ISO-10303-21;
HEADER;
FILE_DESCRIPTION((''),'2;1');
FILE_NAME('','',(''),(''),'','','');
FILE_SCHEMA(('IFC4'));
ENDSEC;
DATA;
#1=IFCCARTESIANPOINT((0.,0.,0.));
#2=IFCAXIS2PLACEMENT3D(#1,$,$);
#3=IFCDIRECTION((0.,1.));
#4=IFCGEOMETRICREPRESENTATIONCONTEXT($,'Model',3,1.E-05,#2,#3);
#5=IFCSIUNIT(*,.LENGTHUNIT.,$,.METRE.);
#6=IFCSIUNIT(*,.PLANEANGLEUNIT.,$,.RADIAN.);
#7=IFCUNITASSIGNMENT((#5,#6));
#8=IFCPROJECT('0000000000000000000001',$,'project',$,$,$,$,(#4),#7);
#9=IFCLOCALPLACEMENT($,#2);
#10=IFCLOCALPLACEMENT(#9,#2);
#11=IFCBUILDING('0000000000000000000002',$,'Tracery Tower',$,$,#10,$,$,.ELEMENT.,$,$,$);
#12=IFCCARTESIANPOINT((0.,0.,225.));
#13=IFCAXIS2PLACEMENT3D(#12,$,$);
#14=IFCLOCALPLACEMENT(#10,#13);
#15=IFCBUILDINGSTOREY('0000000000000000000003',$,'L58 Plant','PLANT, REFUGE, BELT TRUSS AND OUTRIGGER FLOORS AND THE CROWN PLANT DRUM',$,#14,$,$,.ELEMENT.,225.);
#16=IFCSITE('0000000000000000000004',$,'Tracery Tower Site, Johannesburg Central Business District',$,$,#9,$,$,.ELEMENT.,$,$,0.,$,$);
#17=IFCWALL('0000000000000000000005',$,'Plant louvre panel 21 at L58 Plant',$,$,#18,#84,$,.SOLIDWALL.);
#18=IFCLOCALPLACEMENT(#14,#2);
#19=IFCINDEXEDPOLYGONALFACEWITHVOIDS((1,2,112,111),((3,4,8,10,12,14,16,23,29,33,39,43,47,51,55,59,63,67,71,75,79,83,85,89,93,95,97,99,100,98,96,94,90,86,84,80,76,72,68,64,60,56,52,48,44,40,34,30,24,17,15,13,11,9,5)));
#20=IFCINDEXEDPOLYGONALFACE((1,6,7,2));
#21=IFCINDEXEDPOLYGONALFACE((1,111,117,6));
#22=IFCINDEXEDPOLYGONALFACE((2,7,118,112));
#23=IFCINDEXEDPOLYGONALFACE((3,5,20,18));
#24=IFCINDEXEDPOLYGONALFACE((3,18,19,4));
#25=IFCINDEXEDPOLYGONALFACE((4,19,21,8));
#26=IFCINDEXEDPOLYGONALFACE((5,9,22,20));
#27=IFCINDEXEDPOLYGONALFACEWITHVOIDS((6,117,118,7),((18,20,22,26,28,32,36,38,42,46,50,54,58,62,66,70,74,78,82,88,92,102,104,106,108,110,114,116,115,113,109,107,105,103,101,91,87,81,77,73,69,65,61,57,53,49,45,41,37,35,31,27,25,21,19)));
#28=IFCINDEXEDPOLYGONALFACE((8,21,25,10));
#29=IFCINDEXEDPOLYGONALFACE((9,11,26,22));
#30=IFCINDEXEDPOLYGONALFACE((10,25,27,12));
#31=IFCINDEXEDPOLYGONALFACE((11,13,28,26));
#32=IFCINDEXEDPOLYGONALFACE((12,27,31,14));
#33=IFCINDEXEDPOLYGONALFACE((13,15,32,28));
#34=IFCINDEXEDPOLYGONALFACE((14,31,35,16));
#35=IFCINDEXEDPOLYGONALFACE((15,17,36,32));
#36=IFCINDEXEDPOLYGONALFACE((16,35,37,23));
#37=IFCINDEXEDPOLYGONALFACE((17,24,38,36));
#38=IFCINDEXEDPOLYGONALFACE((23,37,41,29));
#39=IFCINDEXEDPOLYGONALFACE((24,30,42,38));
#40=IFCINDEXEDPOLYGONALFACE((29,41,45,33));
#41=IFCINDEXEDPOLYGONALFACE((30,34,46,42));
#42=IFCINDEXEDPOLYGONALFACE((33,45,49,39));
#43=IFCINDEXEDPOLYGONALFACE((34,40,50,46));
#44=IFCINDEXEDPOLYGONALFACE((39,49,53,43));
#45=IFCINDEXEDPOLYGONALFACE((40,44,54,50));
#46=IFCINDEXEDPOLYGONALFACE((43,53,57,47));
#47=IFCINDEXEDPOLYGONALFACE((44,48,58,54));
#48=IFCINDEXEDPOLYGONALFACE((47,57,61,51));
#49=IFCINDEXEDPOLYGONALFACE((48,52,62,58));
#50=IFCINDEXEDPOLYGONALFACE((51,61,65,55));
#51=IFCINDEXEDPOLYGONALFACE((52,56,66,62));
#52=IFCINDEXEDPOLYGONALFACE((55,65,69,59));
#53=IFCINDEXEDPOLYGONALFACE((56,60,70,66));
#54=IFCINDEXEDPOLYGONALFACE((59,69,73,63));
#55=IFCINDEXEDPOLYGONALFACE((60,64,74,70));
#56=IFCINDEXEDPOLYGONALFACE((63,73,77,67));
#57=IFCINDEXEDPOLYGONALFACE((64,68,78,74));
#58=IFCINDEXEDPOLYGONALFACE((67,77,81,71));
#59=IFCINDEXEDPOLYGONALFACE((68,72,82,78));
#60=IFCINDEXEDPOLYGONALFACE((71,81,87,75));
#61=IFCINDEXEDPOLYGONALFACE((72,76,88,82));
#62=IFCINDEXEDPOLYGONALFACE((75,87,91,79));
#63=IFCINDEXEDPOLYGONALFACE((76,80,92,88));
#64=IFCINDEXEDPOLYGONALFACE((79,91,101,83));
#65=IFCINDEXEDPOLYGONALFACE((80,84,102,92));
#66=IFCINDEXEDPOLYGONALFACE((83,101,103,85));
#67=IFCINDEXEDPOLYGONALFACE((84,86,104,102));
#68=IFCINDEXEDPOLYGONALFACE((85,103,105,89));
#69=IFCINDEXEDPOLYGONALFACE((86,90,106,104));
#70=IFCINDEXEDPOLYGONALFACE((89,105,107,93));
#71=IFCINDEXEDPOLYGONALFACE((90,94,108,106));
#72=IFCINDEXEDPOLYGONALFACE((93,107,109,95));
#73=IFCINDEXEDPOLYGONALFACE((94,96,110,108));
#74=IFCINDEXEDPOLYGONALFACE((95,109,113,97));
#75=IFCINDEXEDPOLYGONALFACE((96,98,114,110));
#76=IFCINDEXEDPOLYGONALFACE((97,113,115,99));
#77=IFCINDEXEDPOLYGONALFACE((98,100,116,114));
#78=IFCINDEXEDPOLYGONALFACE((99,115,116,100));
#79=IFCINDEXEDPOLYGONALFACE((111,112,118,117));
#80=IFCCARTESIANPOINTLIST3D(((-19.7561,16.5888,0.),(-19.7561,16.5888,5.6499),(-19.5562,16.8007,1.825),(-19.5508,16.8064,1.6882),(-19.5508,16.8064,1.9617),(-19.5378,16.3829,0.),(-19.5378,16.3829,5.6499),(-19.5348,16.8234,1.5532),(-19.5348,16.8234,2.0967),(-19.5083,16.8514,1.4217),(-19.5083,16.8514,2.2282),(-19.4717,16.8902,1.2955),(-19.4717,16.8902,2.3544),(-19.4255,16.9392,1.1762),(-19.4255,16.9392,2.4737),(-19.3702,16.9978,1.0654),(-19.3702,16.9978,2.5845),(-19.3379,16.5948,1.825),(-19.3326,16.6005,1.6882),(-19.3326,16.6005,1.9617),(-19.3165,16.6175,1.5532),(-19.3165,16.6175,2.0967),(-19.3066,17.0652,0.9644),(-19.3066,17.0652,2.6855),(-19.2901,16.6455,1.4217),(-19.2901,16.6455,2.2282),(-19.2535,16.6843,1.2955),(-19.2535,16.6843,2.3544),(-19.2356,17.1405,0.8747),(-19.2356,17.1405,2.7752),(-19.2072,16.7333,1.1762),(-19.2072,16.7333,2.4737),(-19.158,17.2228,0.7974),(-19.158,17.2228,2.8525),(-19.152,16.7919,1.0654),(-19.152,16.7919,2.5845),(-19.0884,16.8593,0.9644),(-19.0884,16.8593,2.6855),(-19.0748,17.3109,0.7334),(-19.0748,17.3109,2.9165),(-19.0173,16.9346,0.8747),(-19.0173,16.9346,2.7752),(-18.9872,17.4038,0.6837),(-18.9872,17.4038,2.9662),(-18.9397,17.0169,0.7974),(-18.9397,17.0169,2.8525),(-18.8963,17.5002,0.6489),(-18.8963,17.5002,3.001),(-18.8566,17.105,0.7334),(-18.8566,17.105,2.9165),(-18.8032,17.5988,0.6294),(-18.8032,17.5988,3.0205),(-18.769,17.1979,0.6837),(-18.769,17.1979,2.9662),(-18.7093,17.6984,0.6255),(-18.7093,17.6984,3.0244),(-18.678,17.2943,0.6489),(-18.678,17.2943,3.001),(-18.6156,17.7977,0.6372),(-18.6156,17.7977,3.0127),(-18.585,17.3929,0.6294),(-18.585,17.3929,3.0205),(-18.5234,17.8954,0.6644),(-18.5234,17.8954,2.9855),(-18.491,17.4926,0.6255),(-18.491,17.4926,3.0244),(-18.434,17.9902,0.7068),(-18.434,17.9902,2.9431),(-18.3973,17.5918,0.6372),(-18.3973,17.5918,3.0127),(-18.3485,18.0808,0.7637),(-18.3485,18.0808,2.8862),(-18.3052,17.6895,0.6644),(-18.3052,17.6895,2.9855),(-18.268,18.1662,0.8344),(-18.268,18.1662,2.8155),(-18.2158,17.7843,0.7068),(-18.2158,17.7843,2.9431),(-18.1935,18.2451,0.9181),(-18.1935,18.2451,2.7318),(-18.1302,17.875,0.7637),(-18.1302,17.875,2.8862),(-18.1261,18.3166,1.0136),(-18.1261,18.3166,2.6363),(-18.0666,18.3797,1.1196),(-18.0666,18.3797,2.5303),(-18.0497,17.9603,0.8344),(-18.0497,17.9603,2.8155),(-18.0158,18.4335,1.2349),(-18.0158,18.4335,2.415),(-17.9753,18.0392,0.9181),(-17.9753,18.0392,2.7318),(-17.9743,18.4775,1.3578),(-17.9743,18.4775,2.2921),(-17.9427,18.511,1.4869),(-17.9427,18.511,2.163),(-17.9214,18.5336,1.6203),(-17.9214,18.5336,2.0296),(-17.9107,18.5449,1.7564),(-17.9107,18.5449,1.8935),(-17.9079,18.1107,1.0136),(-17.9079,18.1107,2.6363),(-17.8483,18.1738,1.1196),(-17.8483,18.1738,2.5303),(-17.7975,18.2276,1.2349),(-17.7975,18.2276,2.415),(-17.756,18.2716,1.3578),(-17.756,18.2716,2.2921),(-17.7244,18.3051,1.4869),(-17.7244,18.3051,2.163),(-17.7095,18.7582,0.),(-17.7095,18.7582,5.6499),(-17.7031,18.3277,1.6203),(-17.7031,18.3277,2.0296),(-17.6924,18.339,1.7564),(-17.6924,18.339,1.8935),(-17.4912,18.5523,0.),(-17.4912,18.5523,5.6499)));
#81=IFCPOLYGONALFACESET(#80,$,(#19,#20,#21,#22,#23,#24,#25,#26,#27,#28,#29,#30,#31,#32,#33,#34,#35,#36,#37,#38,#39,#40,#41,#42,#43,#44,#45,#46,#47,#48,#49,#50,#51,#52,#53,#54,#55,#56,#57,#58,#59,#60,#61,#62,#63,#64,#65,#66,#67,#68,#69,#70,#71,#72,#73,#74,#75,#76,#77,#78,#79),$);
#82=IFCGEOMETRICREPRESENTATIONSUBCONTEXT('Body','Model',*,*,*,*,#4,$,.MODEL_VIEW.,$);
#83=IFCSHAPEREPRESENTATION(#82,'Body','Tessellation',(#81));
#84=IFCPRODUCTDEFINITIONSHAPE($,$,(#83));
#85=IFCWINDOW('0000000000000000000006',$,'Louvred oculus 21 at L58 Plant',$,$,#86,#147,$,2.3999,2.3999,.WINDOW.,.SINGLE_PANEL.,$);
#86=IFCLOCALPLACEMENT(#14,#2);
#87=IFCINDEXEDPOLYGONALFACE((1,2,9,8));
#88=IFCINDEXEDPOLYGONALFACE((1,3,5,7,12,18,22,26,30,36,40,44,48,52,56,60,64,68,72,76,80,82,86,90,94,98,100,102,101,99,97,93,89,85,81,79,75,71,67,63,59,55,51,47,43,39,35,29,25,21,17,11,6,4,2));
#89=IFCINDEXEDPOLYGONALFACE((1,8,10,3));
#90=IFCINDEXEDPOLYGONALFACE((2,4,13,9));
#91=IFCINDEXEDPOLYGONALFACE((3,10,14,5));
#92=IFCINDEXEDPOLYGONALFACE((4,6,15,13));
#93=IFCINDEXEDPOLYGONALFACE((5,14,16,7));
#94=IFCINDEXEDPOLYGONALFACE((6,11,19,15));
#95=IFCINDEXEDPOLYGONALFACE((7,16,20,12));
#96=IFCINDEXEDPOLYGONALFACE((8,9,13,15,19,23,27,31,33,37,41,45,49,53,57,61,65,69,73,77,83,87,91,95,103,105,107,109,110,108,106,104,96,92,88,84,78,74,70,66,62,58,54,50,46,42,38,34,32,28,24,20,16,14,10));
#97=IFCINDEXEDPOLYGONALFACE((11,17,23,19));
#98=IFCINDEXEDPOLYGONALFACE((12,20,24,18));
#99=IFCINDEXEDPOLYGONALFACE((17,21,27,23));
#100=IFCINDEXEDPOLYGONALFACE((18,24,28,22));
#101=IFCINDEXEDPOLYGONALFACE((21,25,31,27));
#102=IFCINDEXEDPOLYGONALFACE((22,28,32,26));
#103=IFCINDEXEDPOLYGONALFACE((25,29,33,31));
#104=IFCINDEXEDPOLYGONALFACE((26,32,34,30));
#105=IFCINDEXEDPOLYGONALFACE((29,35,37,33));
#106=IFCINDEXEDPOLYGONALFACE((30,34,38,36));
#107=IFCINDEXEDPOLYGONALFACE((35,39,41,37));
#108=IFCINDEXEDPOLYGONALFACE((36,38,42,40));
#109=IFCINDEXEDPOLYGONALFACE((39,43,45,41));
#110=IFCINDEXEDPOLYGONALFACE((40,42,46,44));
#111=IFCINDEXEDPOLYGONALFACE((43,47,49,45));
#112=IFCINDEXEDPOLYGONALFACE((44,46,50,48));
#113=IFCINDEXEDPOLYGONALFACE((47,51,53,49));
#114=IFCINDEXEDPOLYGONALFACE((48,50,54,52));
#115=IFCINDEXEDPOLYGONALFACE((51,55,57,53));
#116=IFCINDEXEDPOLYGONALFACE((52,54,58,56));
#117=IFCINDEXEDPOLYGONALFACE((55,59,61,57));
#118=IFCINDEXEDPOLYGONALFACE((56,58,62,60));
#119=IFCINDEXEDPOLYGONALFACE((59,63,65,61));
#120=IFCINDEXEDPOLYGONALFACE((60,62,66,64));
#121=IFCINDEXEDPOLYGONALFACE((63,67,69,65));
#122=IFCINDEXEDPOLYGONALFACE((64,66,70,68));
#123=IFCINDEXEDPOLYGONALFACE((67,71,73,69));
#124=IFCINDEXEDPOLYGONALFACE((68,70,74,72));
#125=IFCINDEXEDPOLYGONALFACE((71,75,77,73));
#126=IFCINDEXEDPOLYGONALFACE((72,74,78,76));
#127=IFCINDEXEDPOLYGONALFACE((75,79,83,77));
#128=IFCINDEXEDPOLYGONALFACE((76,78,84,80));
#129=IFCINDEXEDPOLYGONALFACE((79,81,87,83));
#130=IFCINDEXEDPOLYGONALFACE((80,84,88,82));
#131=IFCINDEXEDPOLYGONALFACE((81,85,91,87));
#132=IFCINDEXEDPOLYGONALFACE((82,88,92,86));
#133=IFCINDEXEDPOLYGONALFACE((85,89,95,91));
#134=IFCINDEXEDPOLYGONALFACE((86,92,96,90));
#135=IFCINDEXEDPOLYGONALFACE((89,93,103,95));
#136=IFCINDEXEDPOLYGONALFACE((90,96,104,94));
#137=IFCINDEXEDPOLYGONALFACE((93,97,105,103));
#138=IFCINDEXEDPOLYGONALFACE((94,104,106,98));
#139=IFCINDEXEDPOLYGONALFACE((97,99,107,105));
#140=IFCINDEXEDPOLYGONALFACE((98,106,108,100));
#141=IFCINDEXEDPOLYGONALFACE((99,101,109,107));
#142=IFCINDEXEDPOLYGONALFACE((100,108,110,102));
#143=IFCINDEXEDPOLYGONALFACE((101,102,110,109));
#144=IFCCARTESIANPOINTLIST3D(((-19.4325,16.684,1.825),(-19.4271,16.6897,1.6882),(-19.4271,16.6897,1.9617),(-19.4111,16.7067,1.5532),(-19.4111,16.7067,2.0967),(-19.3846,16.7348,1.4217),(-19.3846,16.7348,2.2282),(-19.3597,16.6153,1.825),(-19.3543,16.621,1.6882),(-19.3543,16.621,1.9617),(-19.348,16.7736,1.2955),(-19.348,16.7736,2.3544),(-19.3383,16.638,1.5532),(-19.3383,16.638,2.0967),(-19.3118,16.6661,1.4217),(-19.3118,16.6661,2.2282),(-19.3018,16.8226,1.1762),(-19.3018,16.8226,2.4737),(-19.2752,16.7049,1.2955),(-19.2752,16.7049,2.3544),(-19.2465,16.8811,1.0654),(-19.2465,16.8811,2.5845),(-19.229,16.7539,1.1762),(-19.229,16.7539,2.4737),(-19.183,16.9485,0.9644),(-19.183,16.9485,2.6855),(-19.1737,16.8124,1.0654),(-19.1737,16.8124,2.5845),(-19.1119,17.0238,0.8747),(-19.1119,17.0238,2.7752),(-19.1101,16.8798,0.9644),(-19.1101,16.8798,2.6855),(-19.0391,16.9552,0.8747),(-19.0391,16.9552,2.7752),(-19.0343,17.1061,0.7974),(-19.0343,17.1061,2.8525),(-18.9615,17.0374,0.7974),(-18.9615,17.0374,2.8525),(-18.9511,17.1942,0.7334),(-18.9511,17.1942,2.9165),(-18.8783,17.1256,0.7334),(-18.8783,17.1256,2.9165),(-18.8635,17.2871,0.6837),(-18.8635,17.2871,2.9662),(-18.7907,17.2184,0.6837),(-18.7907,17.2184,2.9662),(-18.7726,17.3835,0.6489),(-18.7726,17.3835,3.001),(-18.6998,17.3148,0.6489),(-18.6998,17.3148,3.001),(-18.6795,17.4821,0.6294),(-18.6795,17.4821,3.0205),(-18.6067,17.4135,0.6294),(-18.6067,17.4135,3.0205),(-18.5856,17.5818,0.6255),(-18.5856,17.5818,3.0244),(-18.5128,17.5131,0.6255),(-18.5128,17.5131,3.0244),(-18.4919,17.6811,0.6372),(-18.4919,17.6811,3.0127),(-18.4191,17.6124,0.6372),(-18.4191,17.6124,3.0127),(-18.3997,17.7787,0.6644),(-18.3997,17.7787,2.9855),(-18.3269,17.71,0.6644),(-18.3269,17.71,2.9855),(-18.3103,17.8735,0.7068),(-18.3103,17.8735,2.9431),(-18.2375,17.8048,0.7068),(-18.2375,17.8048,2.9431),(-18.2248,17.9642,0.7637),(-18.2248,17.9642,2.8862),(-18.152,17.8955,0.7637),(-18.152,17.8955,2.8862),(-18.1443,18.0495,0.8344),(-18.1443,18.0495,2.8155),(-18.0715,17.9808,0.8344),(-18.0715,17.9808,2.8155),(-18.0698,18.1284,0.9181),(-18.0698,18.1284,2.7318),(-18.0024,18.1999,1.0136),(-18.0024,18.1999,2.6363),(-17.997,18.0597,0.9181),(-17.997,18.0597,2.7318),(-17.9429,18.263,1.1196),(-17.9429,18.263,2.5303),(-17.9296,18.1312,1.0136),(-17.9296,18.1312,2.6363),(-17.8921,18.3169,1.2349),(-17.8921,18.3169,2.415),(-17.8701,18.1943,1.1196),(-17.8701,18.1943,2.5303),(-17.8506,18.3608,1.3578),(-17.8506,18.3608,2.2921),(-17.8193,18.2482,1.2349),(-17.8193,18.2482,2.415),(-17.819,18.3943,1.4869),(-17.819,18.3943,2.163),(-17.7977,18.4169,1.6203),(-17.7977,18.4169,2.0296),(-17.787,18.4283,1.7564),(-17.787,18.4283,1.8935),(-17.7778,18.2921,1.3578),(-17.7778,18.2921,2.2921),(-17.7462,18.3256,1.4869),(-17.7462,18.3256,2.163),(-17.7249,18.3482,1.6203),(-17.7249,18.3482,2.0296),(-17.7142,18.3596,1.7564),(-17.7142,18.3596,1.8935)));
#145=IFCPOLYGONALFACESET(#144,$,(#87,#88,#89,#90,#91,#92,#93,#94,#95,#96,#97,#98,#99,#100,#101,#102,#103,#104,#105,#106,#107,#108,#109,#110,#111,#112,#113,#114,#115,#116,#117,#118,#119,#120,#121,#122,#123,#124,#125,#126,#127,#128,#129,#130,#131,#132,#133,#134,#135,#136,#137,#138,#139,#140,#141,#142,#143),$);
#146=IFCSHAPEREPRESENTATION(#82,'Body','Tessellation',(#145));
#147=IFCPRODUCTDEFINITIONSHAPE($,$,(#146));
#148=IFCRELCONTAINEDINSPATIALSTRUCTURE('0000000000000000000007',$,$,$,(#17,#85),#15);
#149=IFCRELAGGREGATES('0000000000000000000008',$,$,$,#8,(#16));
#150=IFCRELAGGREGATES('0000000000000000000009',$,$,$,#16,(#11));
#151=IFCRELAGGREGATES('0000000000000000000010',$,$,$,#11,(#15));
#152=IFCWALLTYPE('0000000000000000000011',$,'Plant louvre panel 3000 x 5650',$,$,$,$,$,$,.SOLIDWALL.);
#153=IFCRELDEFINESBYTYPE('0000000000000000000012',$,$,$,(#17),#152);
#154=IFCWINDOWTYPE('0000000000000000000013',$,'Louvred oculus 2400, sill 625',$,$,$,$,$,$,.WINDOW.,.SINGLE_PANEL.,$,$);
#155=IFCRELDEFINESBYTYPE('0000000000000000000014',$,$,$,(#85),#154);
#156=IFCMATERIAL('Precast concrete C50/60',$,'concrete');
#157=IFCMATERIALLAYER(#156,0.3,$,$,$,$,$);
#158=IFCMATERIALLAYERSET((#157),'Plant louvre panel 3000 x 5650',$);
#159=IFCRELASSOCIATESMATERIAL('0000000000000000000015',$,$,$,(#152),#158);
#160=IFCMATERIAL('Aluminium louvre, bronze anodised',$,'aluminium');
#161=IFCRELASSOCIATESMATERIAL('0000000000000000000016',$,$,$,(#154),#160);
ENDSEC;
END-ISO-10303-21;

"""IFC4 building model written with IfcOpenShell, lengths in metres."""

from ifc_helpers import new_model, si_unit, direction, frame, frame_2d, origin, origin_2d, place, context, subcontext, project, spatial, rectangle, circle, extrude, material, layer, layer_set, type_object, element, fill, save


model = new_model("IFC4")

# Units and contexts
model_context = context("Model", 3, precision=1e-05, world=origin(), true_north=direction((0.0, 1.0)))
body_context = subcontext(model_context, "Body", "Model", "MODEL_VIEW")
ifc_project = project(units=[si_unit("LENGTHUNIT", "METRE"), si_unit("PLANEANGLEUNIT", "RADIAN")], contexts=[model_context])

# Site, building, storey
site_placement = place(None, origin())
site = spatial("IfcSite", under=ifc_project, at=site_placement, Name="Tracery Tower Site, Johannesburg Central Business District", CompositionType="ELEMENT", RefElevation=0.0)
building_placement = place(site_placement, origin())
building = spatial("IfcBuilding", under=site, at=building_placement, Name="Tracery Tower", CompositionType="ELEMENT")
storey_placement = place(building_placement, frame((0.0, 0.0, 225.0)))
storey = spatial("IfcBuildingStorey", under=building, at=storey_placement, Name="L58 Plant", Description="PLANT, REFUGE, BELT TRUSS AND OUTRIGGER FLOORS AND THE CROWN PLANT DRUM", CompositionType="ELEMENT", Elevation=225.0)

# Wall, opening, window
ifc_material_1 = material(Name="Precast concrete C50/60", Category="concrete")
ifc_layer_1 = layer(ifc_material_1, 0.3)
ifc_layer_set_1 = layer_set([ifc_layer_1], Name="Plant louvre panel 3000 x 5650")
wall_type_1 = type_object("IfcWallType", Name="Plant louvre panel 3000 x 5650", PredefinedType="SOLIDWALL", material=ifc_layer_set_1)
ifc_material_2 = material(Name="Aluminium louvre, bronze anodised", Category="aluminium")
window_type = type_object("IfcWindowType", Name="Louvred oculus 2400, sill 625", PartitioningType="SINGLE_PANEL", PredefinedType="WINDOW", material=ifc_material_2)
wall_1_placement = place(storey_placement, frame((-17.6003, 18.6553, 0.0), z_axis=(0.0, 0.0, 1.0), x_axis=(-0.68622, -0.727394, 0.0)))
wall_1 = element("IfcWall", 1, at=wall_1_placement, inside=storey, type_object=wall_type_1, Name="Plant louvre panel 21 at L58 Plant", PredefinedType="SOLIDWALL", context=body_context, shape_type="SweptSolid", body=[
    extrude(rectangle(XDim=2.9824, YDim=0.3, at=frame_2d((1.4912, 0.0))), origin(), (0.0, 0.0, 1.0), 5.6499),
])
opening_1_placement = place(wall_1_placement, frame((1.4912, 0.0, 1.825)))
opening_1 = element("IfcOpeningElement", 2, at=opening_1_placement, cuts=wall_1, PredefinedType="OPENING", context=body_context, shape_type="SweptSolid", body=[
    extrude(circle(Radius=1.2, at=origin_2d()), frame((0.0, 0.1599, 0.0), z_axis=(0.0, -1.0, 0.0), x_axis=(1.0, 0.0, 0.0)), (0.0, 0.0, 1.0), 0.3201),
])
window_1_placement = place(opening_1_placement, origin())
window_1 = element("IfcWindow", 3, at=window_1_placement, inside=storey, type_object=window_type, Name="Louvred oculus 21 at L58 Plant", OverallHeight=2.3999, OverallWidth=2.3999, PartitioningType="SINGLE_PANEL", PredefinedType="WINDOW", context=body_context, shape_type="SweptSolid", body=[
    extrude(circle(Radius=1.2, at=origin_2d()), frame((0.0, 0.1201, 0.0), z_axis=(0.0, -1.0, 0.0), x_axis=(1.0, 0.0, 0.0)), (0.0, 0.0, 1.0), 0.1001),
])
fill(opening_1, window_1)

save(model, "model.ifc")
